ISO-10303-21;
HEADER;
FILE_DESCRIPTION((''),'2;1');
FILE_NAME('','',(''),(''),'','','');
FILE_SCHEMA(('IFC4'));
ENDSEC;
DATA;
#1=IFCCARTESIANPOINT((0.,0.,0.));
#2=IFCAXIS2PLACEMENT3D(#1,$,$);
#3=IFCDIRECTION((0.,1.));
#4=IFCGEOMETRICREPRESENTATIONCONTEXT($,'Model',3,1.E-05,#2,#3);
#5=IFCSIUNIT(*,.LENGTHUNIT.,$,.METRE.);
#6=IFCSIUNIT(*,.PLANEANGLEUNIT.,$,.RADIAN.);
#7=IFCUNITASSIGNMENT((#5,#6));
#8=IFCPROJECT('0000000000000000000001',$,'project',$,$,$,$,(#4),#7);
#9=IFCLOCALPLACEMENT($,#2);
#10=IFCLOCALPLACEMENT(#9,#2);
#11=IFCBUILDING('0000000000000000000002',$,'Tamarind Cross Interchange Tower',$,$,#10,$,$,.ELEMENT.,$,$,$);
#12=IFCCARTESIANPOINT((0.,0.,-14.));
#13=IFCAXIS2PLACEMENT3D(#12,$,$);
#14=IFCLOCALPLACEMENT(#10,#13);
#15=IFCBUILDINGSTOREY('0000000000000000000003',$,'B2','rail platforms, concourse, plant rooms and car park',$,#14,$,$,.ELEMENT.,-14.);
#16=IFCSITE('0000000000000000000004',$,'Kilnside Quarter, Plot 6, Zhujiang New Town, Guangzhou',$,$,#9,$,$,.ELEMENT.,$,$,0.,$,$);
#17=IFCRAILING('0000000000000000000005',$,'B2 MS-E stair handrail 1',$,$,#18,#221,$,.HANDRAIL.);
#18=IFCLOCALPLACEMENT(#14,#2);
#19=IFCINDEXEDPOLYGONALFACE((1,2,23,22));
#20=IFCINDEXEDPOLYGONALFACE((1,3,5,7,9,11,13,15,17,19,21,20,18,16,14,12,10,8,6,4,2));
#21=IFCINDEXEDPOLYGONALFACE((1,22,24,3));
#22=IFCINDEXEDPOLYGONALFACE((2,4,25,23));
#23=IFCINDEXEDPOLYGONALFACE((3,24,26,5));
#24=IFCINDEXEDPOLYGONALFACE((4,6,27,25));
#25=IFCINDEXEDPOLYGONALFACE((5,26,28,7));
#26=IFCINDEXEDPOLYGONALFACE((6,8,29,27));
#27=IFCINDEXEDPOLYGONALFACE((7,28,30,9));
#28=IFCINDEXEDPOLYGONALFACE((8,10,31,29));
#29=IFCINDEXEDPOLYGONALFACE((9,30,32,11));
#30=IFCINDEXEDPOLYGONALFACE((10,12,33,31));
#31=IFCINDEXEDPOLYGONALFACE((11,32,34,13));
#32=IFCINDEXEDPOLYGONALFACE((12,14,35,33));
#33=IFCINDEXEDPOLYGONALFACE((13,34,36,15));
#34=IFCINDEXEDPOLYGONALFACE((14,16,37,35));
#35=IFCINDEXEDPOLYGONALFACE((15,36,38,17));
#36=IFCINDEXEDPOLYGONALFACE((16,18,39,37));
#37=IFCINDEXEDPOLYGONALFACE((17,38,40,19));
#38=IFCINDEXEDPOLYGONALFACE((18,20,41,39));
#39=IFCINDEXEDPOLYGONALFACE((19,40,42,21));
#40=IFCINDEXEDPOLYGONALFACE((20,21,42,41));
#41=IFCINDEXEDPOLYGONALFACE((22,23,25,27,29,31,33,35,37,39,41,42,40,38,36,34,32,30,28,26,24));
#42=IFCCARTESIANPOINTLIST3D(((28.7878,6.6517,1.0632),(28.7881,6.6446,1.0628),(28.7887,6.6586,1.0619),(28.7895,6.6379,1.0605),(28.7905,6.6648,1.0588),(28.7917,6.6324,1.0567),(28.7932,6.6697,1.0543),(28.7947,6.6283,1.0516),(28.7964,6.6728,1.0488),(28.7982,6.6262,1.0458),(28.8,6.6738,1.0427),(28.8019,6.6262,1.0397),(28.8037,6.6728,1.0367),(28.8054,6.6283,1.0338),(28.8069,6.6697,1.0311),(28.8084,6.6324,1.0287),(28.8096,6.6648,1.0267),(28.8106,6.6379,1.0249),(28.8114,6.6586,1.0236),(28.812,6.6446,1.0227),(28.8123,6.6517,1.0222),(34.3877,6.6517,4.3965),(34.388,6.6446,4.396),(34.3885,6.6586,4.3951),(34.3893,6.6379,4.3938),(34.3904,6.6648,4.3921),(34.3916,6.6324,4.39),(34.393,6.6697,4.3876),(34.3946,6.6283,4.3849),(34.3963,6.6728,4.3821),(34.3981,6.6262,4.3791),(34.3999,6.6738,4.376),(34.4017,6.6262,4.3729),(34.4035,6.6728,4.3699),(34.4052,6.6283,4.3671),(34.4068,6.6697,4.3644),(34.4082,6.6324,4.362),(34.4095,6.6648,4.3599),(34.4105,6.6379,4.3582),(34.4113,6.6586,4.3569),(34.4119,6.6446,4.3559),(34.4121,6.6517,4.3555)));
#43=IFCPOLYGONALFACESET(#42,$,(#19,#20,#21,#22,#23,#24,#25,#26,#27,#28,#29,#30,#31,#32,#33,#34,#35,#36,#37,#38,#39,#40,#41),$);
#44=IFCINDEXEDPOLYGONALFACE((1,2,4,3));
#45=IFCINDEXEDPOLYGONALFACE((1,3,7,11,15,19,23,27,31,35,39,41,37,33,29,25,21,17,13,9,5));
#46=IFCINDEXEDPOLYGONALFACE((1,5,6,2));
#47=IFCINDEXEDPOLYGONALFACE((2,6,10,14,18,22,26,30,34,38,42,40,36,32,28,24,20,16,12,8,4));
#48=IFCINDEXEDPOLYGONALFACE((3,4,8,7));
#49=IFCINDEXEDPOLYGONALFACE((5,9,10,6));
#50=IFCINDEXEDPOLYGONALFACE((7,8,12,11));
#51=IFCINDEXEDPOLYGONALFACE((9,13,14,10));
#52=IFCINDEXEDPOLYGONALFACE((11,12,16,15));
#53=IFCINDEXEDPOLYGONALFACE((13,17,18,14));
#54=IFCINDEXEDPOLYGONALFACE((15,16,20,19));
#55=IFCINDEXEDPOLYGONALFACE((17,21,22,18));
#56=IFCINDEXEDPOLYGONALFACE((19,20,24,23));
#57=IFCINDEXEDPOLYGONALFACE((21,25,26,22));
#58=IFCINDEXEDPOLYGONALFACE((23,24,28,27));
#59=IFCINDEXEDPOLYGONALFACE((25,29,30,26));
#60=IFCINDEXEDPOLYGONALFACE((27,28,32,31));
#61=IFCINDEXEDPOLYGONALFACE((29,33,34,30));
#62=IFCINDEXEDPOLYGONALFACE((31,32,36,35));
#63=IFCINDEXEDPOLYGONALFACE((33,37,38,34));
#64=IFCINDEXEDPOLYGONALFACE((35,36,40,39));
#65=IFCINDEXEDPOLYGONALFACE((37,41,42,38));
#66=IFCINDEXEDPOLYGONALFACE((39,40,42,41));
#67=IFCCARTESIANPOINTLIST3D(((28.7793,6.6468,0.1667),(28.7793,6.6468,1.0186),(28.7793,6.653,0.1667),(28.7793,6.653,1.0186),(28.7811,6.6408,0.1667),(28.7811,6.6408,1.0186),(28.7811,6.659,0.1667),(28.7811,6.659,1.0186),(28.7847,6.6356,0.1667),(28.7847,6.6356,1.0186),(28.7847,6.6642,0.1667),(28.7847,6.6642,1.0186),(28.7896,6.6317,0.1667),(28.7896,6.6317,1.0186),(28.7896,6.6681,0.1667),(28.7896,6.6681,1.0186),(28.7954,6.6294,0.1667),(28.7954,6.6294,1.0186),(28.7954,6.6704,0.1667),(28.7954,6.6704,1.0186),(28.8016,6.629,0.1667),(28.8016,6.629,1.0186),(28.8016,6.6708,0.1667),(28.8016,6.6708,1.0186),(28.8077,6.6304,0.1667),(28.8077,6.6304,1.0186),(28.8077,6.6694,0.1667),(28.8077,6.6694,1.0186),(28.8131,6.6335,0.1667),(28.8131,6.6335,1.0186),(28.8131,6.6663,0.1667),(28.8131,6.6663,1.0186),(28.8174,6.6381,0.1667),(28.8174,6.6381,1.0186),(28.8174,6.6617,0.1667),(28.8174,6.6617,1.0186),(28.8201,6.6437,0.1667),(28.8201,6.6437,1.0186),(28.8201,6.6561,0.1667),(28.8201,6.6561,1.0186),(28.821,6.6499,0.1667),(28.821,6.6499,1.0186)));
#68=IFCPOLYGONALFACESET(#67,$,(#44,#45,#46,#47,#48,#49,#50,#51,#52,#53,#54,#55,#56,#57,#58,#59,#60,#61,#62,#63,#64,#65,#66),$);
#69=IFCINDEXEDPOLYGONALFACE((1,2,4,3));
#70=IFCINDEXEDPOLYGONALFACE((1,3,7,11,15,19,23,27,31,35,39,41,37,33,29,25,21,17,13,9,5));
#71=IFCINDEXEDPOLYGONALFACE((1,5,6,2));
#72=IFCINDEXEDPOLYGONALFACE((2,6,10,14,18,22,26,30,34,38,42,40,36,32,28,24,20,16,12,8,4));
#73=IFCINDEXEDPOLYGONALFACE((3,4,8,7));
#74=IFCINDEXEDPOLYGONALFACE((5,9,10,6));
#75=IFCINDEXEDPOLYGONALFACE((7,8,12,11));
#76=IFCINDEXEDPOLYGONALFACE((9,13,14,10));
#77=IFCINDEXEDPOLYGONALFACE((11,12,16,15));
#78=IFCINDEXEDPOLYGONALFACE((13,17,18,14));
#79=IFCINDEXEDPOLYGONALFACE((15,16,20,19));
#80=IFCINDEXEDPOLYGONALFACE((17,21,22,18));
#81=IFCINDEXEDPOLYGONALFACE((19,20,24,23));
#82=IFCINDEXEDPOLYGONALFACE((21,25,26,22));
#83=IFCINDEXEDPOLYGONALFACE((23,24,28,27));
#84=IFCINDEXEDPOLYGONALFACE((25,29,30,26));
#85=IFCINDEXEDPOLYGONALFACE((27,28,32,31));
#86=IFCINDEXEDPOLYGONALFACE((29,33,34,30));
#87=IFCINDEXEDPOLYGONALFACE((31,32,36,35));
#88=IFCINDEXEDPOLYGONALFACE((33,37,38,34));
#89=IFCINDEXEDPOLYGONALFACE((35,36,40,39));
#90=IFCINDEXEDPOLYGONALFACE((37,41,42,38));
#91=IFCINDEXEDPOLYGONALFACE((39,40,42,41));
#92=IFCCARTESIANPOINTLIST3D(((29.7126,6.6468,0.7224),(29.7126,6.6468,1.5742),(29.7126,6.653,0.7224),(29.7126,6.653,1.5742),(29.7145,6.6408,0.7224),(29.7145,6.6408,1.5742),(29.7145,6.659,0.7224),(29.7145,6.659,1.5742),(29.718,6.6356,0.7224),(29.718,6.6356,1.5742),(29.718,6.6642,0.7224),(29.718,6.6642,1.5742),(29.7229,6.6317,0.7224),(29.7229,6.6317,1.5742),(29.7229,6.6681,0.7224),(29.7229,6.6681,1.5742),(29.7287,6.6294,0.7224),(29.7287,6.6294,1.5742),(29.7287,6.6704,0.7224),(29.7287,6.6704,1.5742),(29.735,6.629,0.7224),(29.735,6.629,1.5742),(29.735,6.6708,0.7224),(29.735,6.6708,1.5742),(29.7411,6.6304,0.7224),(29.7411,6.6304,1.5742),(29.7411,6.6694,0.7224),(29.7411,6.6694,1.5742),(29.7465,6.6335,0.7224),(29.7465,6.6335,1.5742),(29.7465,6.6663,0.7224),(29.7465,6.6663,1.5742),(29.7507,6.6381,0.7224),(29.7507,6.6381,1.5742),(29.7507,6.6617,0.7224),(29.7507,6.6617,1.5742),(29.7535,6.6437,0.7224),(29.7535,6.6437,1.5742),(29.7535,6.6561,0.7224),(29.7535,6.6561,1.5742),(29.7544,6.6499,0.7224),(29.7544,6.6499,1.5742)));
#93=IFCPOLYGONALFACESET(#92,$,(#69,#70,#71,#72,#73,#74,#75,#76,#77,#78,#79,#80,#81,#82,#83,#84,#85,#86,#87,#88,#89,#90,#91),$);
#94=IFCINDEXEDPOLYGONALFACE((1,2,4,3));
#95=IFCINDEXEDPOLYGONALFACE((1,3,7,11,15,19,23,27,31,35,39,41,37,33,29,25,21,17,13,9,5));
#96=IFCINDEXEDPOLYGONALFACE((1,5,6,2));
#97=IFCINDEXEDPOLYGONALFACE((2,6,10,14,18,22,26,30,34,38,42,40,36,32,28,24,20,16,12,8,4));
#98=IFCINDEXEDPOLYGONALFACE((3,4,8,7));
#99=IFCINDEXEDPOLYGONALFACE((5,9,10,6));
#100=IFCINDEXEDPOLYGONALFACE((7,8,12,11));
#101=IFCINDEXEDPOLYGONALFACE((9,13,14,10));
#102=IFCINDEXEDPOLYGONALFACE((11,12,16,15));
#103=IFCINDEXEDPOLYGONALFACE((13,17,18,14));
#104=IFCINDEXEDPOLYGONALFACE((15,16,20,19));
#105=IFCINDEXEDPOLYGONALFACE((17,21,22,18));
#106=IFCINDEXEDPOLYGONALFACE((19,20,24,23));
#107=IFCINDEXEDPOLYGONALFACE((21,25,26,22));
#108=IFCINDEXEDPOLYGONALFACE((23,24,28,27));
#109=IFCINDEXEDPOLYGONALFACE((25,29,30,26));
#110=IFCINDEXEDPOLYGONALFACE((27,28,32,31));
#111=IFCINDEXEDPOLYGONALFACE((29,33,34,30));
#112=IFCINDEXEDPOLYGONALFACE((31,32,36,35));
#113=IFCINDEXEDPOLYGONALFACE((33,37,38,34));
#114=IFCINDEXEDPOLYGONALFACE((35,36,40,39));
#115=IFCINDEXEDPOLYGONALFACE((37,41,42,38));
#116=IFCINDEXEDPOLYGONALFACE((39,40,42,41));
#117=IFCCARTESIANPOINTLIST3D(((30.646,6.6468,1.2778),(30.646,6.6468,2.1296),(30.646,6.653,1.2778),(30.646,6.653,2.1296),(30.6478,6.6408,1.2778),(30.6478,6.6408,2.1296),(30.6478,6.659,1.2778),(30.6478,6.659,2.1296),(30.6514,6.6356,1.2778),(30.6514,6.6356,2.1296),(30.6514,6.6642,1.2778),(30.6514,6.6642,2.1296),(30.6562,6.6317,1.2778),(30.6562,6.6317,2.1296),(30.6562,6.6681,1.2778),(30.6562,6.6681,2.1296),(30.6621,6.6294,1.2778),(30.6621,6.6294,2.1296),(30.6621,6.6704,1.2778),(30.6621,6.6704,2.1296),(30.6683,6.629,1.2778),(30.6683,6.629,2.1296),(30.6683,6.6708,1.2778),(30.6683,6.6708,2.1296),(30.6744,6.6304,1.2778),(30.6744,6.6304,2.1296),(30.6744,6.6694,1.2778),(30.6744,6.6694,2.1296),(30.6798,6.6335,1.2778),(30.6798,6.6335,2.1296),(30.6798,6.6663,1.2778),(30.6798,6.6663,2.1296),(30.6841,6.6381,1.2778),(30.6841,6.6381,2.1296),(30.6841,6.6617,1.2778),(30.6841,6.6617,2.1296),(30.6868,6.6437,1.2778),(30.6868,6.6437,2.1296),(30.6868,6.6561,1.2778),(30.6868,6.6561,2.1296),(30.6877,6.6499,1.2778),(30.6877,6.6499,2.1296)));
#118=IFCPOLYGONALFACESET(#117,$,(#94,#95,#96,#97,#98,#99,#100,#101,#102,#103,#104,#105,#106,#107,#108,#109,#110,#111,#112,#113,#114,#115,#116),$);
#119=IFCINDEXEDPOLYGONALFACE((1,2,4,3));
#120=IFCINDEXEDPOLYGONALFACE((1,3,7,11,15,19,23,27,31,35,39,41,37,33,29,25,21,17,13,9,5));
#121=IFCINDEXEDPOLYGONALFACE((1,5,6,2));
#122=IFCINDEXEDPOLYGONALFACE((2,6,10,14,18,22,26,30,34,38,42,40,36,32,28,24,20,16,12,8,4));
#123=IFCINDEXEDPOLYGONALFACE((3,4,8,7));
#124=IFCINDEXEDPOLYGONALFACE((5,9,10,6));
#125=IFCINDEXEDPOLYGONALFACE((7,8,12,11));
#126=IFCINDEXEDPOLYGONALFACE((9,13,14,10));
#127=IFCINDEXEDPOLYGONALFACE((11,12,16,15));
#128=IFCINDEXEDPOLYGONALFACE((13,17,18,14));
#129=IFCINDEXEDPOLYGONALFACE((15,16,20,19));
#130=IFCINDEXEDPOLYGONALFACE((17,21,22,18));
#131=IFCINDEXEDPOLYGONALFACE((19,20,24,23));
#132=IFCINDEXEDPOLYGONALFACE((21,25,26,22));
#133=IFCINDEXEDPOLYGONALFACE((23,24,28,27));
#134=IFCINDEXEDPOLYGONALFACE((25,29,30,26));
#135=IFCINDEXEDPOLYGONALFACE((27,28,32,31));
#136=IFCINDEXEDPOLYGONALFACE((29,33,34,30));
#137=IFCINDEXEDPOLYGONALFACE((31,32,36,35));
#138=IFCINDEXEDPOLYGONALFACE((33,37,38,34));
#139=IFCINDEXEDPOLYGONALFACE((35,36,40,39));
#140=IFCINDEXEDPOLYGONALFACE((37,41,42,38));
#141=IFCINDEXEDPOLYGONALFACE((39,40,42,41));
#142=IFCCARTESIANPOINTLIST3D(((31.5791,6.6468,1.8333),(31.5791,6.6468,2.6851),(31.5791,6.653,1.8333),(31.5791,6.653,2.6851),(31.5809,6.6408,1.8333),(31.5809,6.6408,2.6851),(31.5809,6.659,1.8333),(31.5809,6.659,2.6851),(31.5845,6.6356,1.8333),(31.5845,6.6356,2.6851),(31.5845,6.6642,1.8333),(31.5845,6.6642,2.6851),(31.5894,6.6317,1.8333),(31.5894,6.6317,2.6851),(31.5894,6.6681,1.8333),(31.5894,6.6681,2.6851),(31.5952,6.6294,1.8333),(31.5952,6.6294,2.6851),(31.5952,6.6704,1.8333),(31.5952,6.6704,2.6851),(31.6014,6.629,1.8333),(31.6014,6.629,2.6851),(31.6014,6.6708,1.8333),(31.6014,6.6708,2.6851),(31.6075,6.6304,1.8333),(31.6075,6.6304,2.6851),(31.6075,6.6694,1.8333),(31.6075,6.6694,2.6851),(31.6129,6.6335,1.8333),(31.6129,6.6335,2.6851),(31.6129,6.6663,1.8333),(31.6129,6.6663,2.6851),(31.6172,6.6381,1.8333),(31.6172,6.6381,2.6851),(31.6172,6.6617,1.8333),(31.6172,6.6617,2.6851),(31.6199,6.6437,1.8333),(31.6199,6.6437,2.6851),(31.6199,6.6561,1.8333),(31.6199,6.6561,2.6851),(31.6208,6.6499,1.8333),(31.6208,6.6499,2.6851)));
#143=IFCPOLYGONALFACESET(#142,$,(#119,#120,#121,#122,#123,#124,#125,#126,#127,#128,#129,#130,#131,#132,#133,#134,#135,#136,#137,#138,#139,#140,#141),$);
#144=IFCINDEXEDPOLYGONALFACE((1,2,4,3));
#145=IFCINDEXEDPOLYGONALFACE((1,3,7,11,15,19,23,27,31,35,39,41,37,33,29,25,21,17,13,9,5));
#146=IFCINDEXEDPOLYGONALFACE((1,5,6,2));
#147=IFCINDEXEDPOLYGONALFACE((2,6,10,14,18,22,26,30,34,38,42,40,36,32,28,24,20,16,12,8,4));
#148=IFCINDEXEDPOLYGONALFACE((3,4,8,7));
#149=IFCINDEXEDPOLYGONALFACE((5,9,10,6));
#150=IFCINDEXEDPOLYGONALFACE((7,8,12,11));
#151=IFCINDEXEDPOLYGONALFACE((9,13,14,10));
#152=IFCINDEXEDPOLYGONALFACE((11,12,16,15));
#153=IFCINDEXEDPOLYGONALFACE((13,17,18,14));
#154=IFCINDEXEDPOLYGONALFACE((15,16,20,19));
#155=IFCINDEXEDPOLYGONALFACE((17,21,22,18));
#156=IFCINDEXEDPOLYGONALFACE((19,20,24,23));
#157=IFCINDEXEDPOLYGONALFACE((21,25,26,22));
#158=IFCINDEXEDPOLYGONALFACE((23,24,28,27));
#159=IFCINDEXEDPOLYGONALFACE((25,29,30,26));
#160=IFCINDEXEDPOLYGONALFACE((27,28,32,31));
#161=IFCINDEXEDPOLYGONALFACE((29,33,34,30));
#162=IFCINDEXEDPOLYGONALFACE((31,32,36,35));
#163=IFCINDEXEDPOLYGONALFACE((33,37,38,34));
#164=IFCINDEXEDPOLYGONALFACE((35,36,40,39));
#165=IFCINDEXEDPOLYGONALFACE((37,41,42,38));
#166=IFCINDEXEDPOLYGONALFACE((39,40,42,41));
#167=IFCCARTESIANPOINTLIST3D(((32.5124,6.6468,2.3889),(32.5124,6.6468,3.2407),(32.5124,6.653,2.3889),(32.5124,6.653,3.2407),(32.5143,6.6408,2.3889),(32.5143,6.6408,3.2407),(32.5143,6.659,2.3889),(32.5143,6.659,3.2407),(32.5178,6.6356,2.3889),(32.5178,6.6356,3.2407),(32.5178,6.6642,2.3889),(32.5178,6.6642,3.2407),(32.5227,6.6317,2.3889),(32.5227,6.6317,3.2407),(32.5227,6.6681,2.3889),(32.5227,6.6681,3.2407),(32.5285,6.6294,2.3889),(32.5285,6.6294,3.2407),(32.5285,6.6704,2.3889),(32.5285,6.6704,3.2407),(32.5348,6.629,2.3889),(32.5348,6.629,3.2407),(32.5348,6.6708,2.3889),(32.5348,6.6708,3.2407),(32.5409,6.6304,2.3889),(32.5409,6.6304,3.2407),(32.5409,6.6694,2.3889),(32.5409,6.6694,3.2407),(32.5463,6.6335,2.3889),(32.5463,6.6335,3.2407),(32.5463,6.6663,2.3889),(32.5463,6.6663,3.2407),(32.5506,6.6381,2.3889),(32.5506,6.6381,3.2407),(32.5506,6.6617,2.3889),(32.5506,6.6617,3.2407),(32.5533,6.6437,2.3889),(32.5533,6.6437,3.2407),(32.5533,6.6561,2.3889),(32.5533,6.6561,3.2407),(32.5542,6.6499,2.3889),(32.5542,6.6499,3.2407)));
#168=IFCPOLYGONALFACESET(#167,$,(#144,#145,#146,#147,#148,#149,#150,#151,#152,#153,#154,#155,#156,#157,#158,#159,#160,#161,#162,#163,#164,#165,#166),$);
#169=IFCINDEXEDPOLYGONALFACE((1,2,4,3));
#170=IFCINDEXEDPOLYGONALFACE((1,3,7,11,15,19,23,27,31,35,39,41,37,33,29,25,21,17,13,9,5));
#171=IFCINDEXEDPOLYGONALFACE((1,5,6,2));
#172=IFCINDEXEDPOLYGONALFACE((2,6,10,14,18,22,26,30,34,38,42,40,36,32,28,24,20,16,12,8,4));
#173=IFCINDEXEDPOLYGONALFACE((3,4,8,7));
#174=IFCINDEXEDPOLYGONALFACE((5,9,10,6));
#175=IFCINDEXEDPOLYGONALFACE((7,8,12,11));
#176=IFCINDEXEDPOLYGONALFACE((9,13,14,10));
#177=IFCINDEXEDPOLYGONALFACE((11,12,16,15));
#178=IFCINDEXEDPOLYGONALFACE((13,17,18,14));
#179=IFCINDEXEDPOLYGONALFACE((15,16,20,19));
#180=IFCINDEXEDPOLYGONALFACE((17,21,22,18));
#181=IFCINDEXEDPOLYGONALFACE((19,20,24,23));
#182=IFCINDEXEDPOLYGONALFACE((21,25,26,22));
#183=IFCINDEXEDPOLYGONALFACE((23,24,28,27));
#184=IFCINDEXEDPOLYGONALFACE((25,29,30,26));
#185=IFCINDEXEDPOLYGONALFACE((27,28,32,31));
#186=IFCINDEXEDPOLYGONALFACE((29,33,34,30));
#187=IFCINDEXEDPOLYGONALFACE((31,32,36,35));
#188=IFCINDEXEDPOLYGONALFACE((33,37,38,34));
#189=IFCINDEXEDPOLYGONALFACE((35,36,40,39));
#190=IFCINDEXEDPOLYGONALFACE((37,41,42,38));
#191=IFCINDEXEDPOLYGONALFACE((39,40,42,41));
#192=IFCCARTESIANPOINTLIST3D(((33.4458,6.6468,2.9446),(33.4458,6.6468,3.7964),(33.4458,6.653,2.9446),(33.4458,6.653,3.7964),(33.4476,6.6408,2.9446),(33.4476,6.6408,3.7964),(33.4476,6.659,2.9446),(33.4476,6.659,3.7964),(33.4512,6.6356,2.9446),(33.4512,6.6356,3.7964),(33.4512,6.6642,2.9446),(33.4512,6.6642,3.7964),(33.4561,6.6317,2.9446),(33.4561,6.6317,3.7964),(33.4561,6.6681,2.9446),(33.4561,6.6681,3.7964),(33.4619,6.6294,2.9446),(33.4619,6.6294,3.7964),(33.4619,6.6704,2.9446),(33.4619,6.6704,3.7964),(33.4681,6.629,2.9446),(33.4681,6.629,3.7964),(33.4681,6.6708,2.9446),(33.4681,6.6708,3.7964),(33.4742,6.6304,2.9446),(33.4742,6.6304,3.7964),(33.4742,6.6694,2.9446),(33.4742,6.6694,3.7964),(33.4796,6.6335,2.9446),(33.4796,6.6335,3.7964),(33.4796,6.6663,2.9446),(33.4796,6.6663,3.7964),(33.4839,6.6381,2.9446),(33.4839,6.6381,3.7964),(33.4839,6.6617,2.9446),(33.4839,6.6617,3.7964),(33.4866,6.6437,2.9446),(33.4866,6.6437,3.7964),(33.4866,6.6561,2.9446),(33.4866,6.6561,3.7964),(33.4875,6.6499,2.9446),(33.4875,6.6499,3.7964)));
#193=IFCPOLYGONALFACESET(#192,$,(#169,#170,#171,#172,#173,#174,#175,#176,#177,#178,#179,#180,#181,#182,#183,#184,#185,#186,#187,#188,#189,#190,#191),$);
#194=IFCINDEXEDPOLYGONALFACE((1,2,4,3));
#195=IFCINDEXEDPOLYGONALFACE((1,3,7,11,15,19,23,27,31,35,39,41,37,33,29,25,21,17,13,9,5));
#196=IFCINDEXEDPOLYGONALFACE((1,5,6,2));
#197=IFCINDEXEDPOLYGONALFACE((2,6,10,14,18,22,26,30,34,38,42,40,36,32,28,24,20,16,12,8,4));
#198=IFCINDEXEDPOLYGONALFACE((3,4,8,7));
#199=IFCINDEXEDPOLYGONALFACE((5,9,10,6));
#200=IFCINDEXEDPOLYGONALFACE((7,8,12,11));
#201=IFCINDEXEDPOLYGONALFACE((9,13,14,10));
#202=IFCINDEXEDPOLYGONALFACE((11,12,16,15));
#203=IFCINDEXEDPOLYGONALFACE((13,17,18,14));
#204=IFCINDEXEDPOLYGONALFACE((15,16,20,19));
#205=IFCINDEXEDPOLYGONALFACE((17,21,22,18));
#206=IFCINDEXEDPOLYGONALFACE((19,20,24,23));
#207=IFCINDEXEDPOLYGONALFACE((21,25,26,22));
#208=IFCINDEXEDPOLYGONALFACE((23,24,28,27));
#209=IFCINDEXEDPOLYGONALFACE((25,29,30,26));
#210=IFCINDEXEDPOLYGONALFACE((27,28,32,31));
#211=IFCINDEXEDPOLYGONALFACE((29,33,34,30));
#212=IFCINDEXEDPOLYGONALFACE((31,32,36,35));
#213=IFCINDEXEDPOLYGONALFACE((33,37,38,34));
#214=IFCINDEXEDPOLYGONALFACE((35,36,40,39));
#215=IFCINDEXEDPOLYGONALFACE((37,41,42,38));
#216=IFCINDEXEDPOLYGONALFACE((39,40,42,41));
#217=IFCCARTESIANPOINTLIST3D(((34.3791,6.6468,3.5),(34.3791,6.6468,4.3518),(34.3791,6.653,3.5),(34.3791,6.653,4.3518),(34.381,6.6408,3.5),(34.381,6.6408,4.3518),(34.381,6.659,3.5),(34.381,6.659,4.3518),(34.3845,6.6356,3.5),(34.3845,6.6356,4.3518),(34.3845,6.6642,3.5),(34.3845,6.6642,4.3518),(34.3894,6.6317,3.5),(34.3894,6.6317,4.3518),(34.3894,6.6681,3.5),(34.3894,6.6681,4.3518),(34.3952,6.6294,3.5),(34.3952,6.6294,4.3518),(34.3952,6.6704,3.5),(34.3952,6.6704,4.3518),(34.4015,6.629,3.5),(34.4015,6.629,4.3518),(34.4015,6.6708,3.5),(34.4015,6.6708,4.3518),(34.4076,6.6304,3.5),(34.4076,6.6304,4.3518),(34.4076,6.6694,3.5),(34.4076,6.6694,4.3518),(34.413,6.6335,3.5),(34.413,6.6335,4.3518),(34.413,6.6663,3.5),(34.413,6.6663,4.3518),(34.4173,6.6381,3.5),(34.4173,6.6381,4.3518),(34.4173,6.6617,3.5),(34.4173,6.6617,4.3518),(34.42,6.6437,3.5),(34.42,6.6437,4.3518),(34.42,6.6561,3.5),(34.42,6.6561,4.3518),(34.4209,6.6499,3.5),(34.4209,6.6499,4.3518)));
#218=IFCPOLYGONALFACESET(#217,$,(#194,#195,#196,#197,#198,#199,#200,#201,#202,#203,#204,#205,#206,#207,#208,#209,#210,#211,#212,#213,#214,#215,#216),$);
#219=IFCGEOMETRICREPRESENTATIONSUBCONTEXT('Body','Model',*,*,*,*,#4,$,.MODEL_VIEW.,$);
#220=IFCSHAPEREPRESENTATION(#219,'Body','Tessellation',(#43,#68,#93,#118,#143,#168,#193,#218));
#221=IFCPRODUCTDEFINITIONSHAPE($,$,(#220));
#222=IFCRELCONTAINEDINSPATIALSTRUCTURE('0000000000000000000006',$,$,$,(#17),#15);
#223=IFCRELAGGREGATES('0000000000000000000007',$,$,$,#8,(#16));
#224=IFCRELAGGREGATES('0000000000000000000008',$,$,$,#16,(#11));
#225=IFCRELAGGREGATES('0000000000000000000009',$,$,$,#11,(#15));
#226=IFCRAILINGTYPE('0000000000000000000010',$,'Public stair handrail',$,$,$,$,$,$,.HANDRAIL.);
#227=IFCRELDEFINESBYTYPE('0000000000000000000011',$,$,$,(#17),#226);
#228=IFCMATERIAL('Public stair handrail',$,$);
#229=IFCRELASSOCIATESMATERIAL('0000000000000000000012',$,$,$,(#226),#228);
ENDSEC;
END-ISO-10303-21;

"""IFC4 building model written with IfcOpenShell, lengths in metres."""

from ifc_helpers import new_model, si_unit, direction, frame, origin, origin_2d, place, context, subcontext, project, spatial, circle, extrude, material, type_object, element, save


model = new_model("IFC4")

# Units and contexts
model_context = context("Model", 3, precision=1e-05, world=origin(), true_north=direction((0.0, 1.0)))
body_context = subcontext(model_context, "Body", "Model", "MODEL_VIEW")
ifc_project = project(units=[si_unit("LENGTHUNIT", "METRE"), si_unit("PLANEANGLEUNIT", "RADIAN")], contexts=[model_context])

# Site, building, storey
site_placement = place(None, origin())
site = spatial("IfcSite", under=ifc_project, at=site_placement, Name="Kilnside Quarter, Plot 6, Zhujiang New Town, Guangzhou", CompositionType="ELEMENT", RefElevation=0.0)
building_placement = place(site_placement, origin())
building = spatial("IfcBuilding", under=site, at=building_placement, Name="Tamarind Cross Interchange Tower", CompositionType="ELEMENT")
storey_placement = place(building_placement, frame((0.0, 0.0, -14.0)))
storey = spatial("IfcBuildingStorey", under=building, at=storey_placement, Name="B2", Description="rail platforms, concourse, plant rooms and car park", CompositionType="ELEMENT", Elevation=-14.0)

# Railing
ifc_material_1 = material(Name="Public stair handrail")
railing_type_1 = type_object("IfcRailingType", Name="Public stair handrail", PredefinedType="HANDRAIL", material=ifc_material_1)
railing_1_placement = place(storey_placement, frame((28.8, 6.6499, 0.1667)))
element("IfcRailing", 1, at=railing_1_placement, inside=storey, type_object=railing_type_1, Name="B2 MS-E stair handrail 1", PredefinedType="HANDRAIL", context=body_context, shape_type="SweptSolid", body=[
    extrude(circle(Radius=0.0239, at=origin_2d()), frame((0.0, 0.0, 0.876), z_axis=(0.859292, 0.0, 0.511485), x_axis=(0.0, 1.0, 0.0)), (0.0, 0.0, 1.0), 6.5168),
    extrude(circle(Radius=0.021, at=origin_2d()), origin(), (0.0, 0.0, 1.0), 0.8518),
    extrude(circle(Radius=0.021, at=origin_2d()), frame((0.9333, 0.0, 0.5557)), (0.0, 0.0, 1.0), 0.8518),
    extrude(circle(Radius=0.021, at=origin_2d()), frame((1.8667, 0.0, 1.1111)), (0.0, 0.0, 1.0), 0.8518),
    extrude(circle(Radius=0.021, at=origin_2d()), frame((2.7998, 0.0, 1.6665)), (0.0, 0.0, 1.0), 0.8518),
    extrude(circle(Radius=0.021, at=origin_2d()), frame((3.7332, 0.0, 2.2222)), (0.0, 0.0, 1.0), 0.8518),
    extrude(circle(Radius=0.021, at=origin_2d()), frame((4.6665, 0.0, 2.7778)), (0.0, 0.0, 1.0), 0.8518),
    extrude(circle(Radius=0.021, at=origin_2d()), frame((5.5999, 0.0, 3.3333)), (0.0, 0.0, 1.0), 0.8518),
])

save(model, "model.ifc")
